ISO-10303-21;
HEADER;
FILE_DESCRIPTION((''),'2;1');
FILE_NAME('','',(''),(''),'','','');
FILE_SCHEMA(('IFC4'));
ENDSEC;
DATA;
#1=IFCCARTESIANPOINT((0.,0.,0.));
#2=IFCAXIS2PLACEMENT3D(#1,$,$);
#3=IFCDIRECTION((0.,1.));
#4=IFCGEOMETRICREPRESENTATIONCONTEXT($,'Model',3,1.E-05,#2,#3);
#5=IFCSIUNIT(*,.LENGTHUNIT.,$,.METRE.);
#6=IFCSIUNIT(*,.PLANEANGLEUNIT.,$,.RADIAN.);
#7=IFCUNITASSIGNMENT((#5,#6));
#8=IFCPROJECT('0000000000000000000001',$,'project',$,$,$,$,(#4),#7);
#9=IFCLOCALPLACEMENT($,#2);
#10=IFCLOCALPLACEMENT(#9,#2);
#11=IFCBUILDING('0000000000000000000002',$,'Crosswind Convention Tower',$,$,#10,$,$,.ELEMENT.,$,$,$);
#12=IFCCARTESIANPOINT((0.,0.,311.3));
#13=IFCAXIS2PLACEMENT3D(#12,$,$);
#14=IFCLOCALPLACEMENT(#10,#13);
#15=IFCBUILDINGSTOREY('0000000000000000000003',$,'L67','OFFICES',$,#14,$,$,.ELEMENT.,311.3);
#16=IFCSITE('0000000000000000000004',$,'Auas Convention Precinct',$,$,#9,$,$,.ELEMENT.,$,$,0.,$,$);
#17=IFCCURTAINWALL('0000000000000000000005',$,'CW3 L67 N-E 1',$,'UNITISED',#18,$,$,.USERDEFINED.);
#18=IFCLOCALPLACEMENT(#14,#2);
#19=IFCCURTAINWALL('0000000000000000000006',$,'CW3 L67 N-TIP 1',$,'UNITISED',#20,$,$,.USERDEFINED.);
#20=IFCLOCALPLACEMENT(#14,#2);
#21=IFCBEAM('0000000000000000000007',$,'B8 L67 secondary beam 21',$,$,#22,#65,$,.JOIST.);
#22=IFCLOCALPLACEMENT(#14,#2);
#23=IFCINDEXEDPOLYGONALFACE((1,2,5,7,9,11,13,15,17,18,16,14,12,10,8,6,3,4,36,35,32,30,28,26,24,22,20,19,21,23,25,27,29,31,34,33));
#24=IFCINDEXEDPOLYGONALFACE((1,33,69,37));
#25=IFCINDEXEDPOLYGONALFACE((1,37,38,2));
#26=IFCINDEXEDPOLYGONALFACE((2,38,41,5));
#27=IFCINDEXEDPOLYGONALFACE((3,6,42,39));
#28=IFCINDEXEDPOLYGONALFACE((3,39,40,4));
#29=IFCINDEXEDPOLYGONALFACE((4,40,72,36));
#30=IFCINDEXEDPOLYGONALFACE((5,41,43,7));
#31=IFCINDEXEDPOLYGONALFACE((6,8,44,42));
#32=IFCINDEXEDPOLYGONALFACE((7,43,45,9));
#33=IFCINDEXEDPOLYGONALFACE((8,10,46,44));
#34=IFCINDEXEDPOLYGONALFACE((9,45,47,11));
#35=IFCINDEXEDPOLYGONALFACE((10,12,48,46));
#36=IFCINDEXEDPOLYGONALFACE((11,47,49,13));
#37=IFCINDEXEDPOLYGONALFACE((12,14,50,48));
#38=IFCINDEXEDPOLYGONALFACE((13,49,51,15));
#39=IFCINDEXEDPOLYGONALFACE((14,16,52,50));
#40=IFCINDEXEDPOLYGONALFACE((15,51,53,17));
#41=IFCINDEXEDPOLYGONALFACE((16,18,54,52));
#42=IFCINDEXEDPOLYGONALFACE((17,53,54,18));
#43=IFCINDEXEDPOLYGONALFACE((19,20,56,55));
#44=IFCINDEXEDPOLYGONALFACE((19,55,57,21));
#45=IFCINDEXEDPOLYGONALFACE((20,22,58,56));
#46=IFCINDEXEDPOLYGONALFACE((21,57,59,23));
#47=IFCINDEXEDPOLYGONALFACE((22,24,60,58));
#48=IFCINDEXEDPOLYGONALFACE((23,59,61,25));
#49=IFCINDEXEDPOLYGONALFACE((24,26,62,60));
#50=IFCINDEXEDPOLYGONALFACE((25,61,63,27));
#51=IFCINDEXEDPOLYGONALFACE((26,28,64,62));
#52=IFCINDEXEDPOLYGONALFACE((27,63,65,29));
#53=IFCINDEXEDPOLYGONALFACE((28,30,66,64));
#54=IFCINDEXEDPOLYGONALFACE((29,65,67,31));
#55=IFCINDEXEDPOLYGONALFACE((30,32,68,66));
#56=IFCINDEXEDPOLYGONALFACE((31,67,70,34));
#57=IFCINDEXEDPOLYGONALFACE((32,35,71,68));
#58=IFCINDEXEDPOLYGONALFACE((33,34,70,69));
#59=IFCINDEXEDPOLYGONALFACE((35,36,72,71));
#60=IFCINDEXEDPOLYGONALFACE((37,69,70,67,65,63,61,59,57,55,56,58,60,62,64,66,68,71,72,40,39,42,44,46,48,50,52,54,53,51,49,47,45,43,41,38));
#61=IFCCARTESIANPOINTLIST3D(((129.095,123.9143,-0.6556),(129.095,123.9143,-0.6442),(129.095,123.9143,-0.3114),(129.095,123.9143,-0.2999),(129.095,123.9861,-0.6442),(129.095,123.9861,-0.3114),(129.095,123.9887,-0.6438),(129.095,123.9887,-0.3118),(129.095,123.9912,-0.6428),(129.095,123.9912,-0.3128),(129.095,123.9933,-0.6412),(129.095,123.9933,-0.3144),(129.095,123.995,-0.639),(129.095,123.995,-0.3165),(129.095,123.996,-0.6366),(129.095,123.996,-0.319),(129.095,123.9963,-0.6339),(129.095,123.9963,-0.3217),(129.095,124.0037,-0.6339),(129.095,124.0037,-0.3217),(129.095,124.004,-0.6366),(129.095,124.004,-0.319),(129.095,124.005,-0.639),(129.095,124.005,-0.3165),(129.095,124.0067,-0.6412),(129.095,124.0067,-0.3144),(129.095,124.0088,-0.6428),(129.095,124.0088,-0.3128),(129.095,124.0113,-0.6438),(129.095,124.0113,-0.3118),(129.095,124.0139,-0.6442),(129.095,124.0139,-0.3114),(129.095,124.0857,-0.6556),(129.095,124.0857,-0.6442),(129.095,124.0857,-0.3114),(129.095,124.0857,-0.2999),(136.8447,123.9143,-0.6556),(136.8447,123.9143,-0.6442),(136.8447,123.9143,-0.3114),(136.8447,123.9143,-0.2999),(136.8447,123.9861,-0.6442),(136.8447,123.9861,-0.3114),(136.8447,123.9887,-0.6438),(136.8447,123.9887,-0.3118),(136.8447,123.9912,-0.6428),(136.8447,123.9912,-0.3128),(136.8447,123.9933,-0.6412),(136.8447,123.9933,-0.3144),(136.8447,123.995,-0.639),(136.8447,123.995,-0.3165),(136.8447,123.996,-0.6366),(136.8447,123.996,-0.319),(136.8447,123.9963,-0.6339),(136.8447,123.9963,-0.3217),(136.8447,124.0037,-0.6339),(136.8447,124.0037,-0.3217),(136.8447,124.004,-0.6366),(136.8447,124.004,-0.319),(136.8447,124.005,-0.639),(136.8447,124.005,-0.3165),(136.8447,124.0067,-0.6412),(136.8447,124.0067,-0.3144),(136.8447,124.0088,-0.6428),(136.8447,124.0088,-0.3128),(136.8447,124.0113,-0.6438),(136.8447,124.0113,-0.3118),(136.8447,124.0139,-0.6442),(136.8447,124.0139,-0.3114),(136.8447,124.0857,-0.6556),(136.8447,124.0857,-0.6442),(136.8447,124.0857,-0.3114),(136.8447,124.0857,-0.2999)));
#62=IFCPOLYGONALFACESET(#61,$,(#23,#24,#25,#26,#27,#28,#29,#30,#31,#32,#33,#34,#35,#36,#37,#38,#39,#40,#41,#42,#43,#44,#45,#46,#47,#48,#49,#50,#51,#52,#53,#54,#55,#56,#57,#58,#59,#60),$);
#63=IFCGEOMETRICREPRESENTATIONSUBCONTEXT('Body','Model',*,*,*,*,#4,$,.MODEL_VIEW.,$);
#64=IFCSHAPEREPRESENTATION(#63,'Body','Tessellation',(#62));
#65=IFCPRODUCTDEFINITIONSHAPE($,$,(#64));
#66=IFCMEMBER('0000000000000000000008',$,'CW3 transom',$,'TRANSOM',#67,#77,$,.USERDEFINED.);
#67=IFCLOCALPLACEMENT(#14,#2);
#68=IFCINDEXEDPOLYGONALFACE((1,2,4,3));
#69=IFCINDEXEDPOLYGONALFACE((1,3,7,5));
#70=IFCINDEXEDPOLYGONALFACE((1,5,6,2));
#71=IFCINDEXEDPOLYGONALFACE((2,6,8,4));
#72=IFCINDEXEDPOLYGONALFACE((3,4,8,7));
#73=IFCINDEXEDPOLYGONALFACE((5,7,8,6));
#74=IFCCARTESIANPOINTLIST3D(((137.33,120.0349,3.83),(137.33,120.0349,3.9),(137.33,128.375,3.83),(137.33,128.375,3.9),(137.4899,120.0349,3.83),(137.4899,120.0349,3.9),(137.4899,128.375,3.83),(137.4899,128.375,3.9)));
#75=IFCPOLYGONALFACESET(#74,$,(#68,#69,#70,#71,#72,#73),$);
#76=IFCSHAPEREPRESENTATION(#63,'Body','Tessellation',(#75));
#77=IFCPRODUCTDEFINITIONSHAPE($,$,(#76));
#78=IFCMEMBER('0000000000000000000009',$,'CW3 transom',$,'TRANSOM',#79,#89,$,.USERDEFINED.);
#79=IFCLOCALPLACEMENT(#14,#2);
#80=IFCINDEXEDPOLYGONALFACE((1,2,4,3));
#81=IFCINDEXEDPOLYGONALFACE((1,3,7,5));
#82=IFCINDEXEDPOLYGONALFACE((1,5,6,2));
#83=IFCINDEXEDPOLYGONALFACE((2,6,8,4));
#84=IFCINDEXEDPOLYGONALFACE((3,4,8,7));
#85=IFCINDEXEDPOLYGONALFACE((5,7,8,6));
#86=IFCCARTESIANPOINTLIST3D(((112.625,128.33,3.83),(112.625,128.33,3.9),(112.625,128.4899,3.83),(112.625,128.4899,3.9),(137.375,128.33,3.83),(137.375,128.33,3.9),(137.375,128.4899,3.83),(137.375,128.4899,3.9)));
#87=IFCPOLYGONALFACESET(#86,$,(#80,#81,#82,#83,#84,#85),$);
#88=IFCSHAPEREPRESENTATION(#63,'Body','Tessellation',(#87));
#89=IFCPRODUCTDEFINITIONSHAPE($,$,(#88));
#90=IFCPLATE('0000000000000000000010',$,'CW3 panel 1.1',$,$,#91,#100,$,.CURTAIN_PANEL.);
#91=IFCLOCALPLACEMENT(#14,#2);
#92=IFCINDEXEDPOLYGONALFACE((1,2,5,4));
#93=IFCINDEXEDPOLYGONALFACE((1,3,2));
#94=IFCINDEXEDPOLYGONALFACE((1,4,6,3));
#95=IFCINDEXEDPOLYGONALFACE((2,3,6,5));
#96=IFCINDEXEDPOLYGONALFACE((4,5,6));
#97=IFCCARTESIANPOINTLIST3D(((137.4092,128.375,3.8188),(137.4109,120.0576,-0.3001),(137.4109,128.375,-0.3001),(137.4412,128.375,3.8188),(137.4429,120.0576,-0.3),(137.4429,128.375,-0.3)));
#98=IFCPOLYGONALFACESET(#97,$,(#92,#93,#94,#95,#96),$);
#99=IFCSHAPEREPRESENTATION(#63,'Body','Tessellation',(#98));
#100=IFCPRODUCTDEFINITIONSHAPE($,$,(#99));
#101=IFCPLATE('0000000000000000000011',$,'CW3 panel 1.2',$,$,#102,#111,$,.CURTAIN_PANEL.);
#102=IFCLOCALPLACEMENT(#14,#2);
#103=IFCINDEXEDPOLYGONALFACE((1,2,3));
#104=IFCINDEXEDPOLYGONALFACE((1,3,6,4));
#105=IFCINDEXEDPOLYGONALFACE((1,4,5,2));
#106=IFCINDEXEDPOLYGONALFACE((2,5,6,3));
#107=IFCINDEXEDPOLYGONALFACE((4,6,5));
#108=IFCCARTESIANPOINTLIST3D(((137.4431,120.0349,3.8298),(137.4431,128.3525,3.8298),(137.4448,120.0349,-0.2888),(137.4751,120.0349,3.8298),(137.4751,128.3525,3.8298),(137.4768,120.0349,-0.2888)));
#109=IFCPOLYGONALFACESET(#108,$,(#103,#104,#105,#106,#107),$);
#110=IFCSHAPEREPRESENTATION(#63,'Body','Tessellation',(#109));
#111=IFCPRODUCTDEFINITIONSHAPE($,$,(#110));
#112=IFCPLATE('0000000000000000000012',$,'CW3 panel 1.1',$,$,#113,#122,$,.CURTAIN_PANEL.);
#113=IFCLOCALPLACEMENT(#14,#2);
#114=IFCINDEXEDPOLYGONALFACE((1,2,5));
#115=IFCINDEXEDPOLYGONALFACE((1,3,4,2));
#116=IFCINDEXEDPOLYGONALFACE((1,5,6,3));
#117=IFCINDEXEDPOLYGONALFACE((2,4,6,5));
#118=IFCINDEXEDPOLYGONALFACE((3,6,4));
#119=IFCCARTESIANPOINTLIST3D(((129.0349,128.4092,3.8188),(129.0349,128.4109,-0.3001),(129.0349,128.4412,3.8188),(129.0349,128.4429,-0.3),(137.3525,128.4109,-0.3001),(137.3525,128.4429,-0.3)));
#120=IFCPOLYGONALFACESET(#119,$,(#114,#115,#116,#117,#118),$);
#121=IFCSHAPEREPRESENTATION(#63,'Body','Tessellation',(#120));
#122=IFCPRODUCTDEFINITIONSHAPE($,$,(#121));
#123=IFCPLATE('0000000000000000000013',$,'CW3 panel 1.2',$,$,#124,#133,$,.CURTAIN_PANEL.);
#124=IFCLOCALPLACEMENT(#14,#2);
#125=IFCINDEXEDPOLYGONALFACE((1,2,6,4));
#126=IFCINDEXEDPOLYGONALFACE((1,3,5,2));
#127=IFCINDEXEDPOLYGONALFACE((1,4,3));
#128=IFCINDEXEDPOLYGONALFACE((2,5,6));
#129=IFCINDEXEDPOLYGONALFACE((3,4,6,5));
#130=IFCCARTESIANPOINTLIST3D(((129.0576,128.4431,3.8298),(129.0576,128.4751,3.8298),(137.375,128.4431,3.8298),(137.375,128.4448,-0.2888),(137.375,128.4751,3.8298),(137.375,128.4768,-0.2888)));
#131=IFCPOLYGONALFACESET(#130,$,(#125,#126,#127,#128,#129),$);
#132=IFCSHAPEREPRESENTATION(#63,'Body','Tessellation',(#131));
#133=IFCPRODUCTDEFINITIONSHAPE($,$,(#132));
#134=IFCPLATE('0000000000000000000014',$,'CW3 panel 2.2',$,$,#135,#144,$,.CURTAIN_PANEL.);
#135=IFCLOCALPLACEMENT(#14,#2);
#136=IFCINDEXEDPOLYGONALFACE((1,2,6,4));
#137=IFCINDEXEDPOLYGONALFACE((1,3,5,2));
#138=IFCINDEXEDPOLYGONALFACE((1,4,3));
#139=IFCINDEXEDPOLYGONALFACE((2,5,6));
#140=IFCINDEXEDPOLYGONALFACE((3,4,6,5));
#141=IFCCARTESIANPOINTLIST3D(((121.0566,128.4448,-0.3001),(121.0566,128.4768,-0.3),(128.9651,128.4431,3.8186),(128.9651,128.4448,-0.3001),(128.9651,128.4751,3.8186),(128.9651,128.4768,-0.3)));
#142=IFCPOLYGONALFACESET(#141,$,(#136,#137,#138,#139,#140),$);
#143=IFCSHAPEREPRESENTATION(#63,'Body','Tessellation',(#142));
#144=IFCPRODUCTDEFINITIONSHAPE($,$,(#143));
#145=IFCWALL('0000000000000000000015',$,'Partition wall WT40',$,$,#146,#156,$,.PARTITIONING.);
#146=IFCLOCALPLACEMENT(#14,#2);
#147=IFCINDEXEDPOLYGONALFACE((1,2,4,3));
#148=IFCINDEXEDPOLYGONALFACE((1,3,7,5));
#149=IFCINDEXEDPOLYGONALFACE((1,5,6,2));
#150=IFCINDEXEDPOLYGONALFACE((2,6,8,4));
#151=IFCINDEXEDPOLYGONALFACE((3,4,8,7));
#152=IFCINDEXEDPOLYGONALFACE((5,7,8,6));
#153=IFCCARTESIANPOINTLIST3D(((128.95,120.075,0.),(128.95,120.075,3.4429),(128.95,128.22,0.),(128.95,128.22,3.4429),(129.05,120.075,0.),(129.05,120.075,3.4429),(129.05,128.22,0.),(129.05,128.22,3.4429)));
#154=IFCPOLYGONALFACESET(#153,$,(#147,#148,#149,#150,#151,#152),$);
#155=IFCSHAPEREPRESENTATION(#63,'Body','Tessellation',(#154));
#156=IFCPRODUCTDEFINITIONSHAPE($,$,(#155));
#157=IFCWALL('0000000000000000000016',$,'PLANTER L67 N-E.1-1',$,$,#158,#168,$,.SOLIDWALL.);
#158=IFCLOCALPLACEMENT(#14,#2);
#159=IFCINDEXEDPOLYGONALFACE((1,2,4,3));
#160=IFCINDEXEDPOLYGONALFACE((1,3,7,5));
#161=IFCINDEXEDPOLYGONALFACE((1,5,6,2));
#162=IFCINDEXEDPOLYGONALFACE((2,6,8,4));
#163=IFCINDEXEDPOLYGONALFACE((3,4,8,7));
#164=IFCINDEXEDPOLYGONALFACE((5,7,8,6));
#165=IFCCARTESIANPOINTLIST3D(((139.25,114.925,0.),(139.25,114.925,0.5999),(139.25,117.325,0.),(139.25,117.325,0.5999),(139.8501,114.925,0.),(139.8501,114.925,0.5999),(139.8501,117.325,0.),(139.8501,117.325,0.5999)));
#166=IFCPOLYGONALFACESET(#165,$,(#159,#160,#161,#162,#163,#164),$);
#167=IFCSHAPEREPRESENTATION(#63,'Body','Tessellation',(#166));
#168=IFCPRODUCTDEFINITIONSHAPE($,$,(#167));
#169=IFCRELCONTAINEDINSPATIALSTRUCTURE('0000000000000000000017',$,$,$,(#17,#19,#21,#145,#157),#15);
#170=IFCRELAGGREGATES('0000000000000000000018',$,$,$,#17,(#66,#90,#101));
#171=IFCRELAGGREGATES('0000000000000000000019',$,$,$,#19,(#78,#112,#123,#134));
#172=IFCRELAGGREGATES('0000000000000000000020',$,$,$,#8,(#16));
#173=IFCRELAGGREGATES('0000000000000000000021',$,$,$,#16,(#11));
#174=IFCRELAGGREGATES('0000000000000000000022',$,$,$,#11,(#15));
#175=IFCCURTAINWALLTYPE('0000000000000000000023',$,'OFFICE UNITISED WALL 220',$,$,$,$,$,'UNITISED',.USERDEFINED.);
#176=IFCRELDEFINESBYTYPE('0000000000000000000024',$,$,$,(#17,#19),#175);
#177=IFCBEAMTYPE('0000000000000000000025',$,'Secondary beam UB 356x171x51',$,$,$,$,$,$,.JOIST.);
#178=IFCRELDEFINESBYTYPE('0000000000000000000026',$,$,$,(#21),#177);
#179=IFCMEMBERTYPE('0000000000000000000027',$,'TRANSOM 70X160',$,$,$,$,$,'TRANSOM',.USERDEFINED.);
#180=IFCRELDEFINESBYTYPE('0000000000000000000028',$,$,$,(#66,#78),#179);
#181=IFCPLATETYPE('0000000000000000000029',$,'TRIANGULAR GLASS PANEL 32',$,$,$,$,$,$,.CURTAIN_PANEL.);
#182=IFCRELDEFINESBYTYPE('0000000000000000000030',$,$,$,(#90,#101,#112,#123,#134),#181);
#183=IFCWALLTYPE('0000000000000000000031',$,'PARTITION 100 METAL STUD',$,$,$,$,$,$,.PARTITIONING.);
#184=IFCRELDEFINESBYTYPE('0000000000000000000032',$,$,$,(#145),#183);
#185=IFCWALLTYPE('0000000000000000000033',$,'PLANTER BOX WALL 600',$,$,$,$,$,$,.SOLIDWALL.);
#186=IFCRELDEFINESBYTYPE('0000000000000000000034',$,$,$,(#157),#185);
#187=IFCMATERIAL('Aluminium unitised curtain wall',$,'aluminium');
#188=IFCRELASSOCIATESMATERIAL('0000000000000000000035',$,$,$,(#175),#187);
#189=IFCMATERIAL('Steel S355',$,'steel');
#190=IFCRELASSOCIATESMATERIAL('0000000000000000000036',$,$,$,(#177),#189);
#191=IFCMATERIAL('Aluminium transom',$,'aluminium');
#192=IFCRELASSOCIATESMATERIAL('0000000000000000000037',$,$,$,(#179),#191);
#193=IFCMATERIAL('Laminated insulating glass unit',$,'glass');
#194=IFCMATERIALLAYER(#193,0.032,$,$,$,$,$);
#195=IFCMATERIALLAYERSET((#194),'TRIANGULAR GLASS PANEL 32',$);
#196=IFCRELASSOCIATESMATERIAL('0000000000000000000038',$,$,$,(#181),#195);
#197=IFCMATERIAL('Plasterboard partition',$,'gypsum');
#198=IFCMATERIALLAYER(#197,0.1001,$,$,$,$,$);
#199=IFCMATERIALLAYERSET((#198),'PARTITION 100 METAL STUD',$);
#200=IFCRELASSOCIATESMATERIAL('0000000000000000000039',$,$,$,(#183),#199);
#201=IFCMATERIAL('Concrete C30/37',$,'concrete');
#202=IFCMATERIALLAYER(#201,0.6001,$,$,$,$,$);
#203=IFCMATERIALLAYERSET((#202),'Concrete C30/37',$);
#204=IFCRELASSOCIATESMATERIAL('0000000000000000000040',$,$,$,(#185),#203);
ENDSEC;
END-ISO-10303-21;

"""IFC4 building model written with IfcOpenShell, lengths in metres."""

from ifc_helpers import new_model, si_unit, direction, frame, frame_2d, origin, origin_2d, place, context, subcontext, project, spatial, polyline, rectangle, i_section, outline, extrude, material, layer, layer_set, material_profile, profile_set, type_object, element, aggregate, save


model = new_model("IFC4")

# Units and contexts
model_context = context("Model", 3, precision=1e-05, world=origin(), true_north=direction((0.0, 1.0)))
body_context = subcontext(model_context, "Body", "Model", "MODEL_VIEW")
ifc_project = project(units=[si_unit("LENGTHUNIT", "METRE"), si_unit("PLANEANGLEUNIT", "RADIAN")], contexts=[model_context])

# Site, building, storey
site_placement = place(None, origin())
site = spatial("IfcSite", under=ifc_project, at=site_placement, Name="Auas Convention Precinct", CompositionType="ELEMENT", RefElevation=0.0)
building_placement = place(site_placement, origin())
building = spatial("IfcBuilding", under=site, at=building_placement, Name="Crosswind Convention Tower", CompositionType="ELEMENT")
storey_placement = place(building_placement, frame((0.0, 0.0, 311.3)))
storey = spatial("IfcBuildingStorey", under=building, at=storey_placement, Name="L67", Description="OFFICES", CompositionType="ELEMENT", Elevation=311.3)

# Shared definitions
ifc_material_1 = material(Name="Steel S355", Category="steel")

# Curtain wall
ifc_material_2 = material(Name="Aluminium unitised curtain wall", Category="aluminium")
curtain_wall_type = type_object("IfcCurtainWallType", Name="OFFICE UNITISED WALL 220", ElementType="UNITISED", PredefinedType="USERDEFINED", material=ifc_material_2)
curtain_wall_1_placement = place(storey_placement, origin())
curtain_wall_1 = element("IfcCurtainWall", 1, at=curtain_wall_1_placement, inside=storey, type_object=curtain_wall_type, Name="CW3 L67 N-E 1", ObjectType="UNITISED", PredefinedType="USERDEFINED")

# Curtain wall
curtain_wall_2_placement = place(storey_placement, origin())
curtain_wall_2 = element("IfcCurtainWall", 2, at=curtain_wall_2_placement, inside=storey, type_object=curtain_wall_type, Name="CW3 L67 N-TIP 1", ObjectType="UNITISED", PredefinedType="USERDEFINED")

# Beam
ifc_material_profile_1 = material_profile(ifc_material_1, i_section(OverallWidth=0.1714, OverallDepth=0.3557, WebThickness=0.0073, FlangeThickness=0.0115, FilletRadius=0.0103, at=origin_2d()), Name="UB 356x171x51")
ifc_profile_set_1 = profile_set([ifc_material_profile_1], Name="Steel S355")
beam_type_1 = type_object("IfcBeamType", Name="Secondary beam UB 356x171x51", PredefinedType="JOIST", material=ifc_profile_set_1)
for number, where, z_axis, x_axis, name in (
    (3, (129.095, 124.0, -0.4778), (1.0, 0.0, 0.0), (0.0, 1.0, 0.0), "B8 L67 secondary beam 21"),
):
    element("IfcBeam", number, at=place(storey_placement, frame(where, z_axis=z_axis, x_axis=x_axis)), inside=storey, type_object=beam_type_1, Name=name, PredefinedType="JOIST", context=body_context, shape_type="SweptSolid", body=[
        extrude(i_section(OverallWidth=0.1714, OverallDepth=0.3557, WebThickness=0.0073, FlangeThickness=0.0115, FilletRadius=0.0103, at=origin_2d()), origin(), (0.0, 0.0, 1.0), 7.7498),
    ])

# Members
ifc_material_3 = material(Name="Aluminium transom", Category="aluminium")
ifc_material_profile_2 = material_profile(ifc_material_3, rectangle(XDim=0.1599, YDim=0.0701, at=origin_2d()), Name="AL 160X70")
ifc_profile_set_2 = profile_set([ifc_material_profile_2], Name="Aluminium transom")
member_type_1 = type_object("IfcMemberType", Name="TRANSOM 70X160", ElementType="TRANSOM", PredefinedType="USERDEFINED", material=ifc_profile_set_2)
member_1_placement = place(storey_placement, frame((137.4099, 120.0349, 3.865), z_axis=(0.0, 1.0, 0.0), x_axis=(-1.0, 0.0, 0.0)))
member_1 = element("IfcMember", 4, at=member_1_placement, type_object=member_type_1, Name="CW3 transom", ObjectType="TRANSOM", PredefinedType="USERDEFINED", context=body_context, shape_type="SweptSolid", body=[
    extrude(rectangle(XDim=0.1599, YDim=0.0701, at=origin_2d()), origin(), (0.0, 0.0, 1.0), 8.3401),
])
member_2_placement = place(storey_placement, frame((137.375, 128.4099, 3.865), z_axis=(-1.0, 0.0, 0.0), x_axis=(0.0, -1.0, 0.0)))
member_2 = element("IfcMember", 5, at=member_2_placement, type_object=member_type_1, Name="CW3 transom", ObjectType="TRANSOM", PredefinedType="USERDEFINED", context=body_context, shape_type="SweptSolid", body=[
    extrude(rectangle(XDim=0.1599, YDim=0.0701, at=origin_2d()), origin(), (0.0, 0.0, 1.0), 24.75),
])

# Plates
ifc_material_4 = material(Name="Laminated insulating glass unit", Category="glass")
ifc_layer_1 = layer(ifc_material_4, 0.032)
ifc_layer_set_1 = layer_set([ifc_layer_1], Name="TRIANGULAR GLASS PANEL 32")
plate_type = type_object("IfcPlateType", Name="TRIANGULAR GLASS PANEL 32", PredefinedType="CURTAIN_PANEL", material=ifc_layer_set_1)
plate_1_placement = place(storey_placement, frame((137.4429, 128.375, -0.3), z_axis=(1.0, 0.0, 0.000415), x_axis=(-0.000415, 0.0, 1.0)))
plate_1 = element("IfcPlate", 6, at=plate_1_placement, type_object=plate_type, Name="CW3 panel 1.1", PredefinedType="CURTAIN_PANEL", context=body_context, shape_type="SweptSolid", body=[
    extrude(outline(polyline([(0.0, 0.0), (4.1189, 0.0), (0.0, 8.3174), (0.0, 0.0)])), origin(), (0.0, 0.0, -1.0), 0.032),
])
plate_2_placement = place(storey_placement, frame((137.4751, 120.0349, 3.8298), z_axis=(1.0, 0.0, 0.000415), x_axis=(0.000415, 0.0, -1.0)))
plate_2 = element("IfcPlate", 7, at=plate_2_placement, type_object=plate_type, Name="CW3 panel 1.2", PredefinedType="CURTAIN_PANEL", context=body_context, shape_type="SweptSolid", body=[
    extrude(outline(polyline([(0.0, 0.0), (4.1187, 0.0), (0.0, 8.3176), (0.0, 0.0)])), origin(), (0.0, 0.0, -1.0), 0.032),
])
plate_3_placement = place(storey_placement, frame((129.0349, 128.4429, -0.3), z_axis=(0.0, 1.0, 0.000415), x_axis=(0.0, -0.000415, 1.0)))
plate_3 = element("IfcPlate", 8, at=plate_3_placement, type_object=plate_type, Name="CW3 panel 1.1", PredefinedType="CURTAIN_PANEL", context=body_context, shape_type="SweptSolid", body=[
    extrude(outline(polyline([(0.0, 0.0), (4.1189, 0.0), (0.0, 8.3176), (0.0, 0.0)])), origin(), (0.0, 0.0, -1.0), 0.032),
])
plate_4_placement = place(storey_placement, frame((137.375, 128.4751, 3.8298), z_axis=(0.0, 1.0, 0.000415), x_axis=(0.0, 0.000415, -1.0)))
plate_4 = element("IfcPlate", 9, at=plate_4_placement, type_object=plate_type, Name="CW3 panel 1.2", PredefinedType="CURTAIN_PANEL", context=body_context, shape_type="SweptSolid", body=[
    extrude(outline(polyline([(0.0, 0.0), (4.1187, 0.0), (0.0, 8.3174), (0.0, 0.0)])), origin(), (0.0, 0.0, -1.0), 0.032),
])
plate_5_placement = place(storey_placement, frame((128.9651, 128.4768, -0.3), z_axis=(0.0, 1.0, 0.000415), x_axis=(-1.0, 0.0, 0.0)))
plate_5 = element("IfcPlate", 10, at=plate_5_placement, type_object=plate_type, Name="CW3 panel 2.2", PredefinedType="CURTAIN_PANEL", context=body_context, shape_type="SweptSolid", body=[
    extrude(outline(polyline([(0.0, 0.0), (7.9084, 0.0), (0.0, 4.1187), (0.0, 0.0)])), origin(), (0.0, 0.0, -1.0), 0.032),
])

# Walls
ifc_material_5 = material(Name="Plasterboard partition", Category="gypsum")
ifc_layer_2 = layer(ifc_material_5, 0.1001)
ifc_layer_set_2 = layer_set([ifc_layer_2], Name="PARTITION 100 METAL STUD")
wall_type_1 = type_object("IfcWallType", Name="PARTITION 100 METAL STUD", PredefinedType="PARTITIONING", material=ifc_layer_set_2)
wall_1_placement = place(storey_placement, frame((129.0, 120.075, 0.0), z_axis=(0.0, 0.0, 1.0), x_axis=(0.0, 1.0, 0.0)))
element("IfcWall", 11, at=wall_1_placement, inside=storey, type_object=wall_type_1, Name="Partition wall WT40", PredefinedType="PARTITIONING", context=body_context, shape_type="SweptSolid", body=[
    extrude(rectangle(XDim=8.145, YDim=0.1001, at=frame_2d((4.0725, 0.0))), origin(), (0.0, 0.0, 1.0), 3.4429),
])
ifc_material_6 = material(Name="Concrete C30/37", Category="concrete")
ifc_layer_3 = layer(ifc_material_6, 0.6001)
ifc_layer_set_3 = layer_set([ifc_layer_3], Name="Concrete C30/37")
wall_type_2 = type_object("IfcWallType", Name="PLANTER BOX WALL 600", PredefinedType="SOLIDWALL", material=ifc_layer_set_3)
wall_2_placement = place(storey_placement, frame((139.55, 114.925, 0.0), z_axis=(0.0, 0.0, 1.0), x_axis=(0.0, 1.0, 0.0)))
element("IfcWall", 12, at=wall_2_placement, inside=storey, type_object=wall_type_2, Name="PLANTER L67 N-E.1-1", PredefinedType="SOLIDWALL", context=body_context, shape_type="SweptSolid", body=[
    extrude(rectangle(XDim=2.3999, YDim=0.6001, at=frame_2d((1.2, 0.0))), origin(), (0.0, 0.0, 1.0), 0.5999),
])

aggregate(curtain_wall_1, [member_1, plate_1, plate_2])
aggregate(curtain_wall_2, [member_2, plate_3, plate_4, plate_5])

save(model, "model.ifc")
